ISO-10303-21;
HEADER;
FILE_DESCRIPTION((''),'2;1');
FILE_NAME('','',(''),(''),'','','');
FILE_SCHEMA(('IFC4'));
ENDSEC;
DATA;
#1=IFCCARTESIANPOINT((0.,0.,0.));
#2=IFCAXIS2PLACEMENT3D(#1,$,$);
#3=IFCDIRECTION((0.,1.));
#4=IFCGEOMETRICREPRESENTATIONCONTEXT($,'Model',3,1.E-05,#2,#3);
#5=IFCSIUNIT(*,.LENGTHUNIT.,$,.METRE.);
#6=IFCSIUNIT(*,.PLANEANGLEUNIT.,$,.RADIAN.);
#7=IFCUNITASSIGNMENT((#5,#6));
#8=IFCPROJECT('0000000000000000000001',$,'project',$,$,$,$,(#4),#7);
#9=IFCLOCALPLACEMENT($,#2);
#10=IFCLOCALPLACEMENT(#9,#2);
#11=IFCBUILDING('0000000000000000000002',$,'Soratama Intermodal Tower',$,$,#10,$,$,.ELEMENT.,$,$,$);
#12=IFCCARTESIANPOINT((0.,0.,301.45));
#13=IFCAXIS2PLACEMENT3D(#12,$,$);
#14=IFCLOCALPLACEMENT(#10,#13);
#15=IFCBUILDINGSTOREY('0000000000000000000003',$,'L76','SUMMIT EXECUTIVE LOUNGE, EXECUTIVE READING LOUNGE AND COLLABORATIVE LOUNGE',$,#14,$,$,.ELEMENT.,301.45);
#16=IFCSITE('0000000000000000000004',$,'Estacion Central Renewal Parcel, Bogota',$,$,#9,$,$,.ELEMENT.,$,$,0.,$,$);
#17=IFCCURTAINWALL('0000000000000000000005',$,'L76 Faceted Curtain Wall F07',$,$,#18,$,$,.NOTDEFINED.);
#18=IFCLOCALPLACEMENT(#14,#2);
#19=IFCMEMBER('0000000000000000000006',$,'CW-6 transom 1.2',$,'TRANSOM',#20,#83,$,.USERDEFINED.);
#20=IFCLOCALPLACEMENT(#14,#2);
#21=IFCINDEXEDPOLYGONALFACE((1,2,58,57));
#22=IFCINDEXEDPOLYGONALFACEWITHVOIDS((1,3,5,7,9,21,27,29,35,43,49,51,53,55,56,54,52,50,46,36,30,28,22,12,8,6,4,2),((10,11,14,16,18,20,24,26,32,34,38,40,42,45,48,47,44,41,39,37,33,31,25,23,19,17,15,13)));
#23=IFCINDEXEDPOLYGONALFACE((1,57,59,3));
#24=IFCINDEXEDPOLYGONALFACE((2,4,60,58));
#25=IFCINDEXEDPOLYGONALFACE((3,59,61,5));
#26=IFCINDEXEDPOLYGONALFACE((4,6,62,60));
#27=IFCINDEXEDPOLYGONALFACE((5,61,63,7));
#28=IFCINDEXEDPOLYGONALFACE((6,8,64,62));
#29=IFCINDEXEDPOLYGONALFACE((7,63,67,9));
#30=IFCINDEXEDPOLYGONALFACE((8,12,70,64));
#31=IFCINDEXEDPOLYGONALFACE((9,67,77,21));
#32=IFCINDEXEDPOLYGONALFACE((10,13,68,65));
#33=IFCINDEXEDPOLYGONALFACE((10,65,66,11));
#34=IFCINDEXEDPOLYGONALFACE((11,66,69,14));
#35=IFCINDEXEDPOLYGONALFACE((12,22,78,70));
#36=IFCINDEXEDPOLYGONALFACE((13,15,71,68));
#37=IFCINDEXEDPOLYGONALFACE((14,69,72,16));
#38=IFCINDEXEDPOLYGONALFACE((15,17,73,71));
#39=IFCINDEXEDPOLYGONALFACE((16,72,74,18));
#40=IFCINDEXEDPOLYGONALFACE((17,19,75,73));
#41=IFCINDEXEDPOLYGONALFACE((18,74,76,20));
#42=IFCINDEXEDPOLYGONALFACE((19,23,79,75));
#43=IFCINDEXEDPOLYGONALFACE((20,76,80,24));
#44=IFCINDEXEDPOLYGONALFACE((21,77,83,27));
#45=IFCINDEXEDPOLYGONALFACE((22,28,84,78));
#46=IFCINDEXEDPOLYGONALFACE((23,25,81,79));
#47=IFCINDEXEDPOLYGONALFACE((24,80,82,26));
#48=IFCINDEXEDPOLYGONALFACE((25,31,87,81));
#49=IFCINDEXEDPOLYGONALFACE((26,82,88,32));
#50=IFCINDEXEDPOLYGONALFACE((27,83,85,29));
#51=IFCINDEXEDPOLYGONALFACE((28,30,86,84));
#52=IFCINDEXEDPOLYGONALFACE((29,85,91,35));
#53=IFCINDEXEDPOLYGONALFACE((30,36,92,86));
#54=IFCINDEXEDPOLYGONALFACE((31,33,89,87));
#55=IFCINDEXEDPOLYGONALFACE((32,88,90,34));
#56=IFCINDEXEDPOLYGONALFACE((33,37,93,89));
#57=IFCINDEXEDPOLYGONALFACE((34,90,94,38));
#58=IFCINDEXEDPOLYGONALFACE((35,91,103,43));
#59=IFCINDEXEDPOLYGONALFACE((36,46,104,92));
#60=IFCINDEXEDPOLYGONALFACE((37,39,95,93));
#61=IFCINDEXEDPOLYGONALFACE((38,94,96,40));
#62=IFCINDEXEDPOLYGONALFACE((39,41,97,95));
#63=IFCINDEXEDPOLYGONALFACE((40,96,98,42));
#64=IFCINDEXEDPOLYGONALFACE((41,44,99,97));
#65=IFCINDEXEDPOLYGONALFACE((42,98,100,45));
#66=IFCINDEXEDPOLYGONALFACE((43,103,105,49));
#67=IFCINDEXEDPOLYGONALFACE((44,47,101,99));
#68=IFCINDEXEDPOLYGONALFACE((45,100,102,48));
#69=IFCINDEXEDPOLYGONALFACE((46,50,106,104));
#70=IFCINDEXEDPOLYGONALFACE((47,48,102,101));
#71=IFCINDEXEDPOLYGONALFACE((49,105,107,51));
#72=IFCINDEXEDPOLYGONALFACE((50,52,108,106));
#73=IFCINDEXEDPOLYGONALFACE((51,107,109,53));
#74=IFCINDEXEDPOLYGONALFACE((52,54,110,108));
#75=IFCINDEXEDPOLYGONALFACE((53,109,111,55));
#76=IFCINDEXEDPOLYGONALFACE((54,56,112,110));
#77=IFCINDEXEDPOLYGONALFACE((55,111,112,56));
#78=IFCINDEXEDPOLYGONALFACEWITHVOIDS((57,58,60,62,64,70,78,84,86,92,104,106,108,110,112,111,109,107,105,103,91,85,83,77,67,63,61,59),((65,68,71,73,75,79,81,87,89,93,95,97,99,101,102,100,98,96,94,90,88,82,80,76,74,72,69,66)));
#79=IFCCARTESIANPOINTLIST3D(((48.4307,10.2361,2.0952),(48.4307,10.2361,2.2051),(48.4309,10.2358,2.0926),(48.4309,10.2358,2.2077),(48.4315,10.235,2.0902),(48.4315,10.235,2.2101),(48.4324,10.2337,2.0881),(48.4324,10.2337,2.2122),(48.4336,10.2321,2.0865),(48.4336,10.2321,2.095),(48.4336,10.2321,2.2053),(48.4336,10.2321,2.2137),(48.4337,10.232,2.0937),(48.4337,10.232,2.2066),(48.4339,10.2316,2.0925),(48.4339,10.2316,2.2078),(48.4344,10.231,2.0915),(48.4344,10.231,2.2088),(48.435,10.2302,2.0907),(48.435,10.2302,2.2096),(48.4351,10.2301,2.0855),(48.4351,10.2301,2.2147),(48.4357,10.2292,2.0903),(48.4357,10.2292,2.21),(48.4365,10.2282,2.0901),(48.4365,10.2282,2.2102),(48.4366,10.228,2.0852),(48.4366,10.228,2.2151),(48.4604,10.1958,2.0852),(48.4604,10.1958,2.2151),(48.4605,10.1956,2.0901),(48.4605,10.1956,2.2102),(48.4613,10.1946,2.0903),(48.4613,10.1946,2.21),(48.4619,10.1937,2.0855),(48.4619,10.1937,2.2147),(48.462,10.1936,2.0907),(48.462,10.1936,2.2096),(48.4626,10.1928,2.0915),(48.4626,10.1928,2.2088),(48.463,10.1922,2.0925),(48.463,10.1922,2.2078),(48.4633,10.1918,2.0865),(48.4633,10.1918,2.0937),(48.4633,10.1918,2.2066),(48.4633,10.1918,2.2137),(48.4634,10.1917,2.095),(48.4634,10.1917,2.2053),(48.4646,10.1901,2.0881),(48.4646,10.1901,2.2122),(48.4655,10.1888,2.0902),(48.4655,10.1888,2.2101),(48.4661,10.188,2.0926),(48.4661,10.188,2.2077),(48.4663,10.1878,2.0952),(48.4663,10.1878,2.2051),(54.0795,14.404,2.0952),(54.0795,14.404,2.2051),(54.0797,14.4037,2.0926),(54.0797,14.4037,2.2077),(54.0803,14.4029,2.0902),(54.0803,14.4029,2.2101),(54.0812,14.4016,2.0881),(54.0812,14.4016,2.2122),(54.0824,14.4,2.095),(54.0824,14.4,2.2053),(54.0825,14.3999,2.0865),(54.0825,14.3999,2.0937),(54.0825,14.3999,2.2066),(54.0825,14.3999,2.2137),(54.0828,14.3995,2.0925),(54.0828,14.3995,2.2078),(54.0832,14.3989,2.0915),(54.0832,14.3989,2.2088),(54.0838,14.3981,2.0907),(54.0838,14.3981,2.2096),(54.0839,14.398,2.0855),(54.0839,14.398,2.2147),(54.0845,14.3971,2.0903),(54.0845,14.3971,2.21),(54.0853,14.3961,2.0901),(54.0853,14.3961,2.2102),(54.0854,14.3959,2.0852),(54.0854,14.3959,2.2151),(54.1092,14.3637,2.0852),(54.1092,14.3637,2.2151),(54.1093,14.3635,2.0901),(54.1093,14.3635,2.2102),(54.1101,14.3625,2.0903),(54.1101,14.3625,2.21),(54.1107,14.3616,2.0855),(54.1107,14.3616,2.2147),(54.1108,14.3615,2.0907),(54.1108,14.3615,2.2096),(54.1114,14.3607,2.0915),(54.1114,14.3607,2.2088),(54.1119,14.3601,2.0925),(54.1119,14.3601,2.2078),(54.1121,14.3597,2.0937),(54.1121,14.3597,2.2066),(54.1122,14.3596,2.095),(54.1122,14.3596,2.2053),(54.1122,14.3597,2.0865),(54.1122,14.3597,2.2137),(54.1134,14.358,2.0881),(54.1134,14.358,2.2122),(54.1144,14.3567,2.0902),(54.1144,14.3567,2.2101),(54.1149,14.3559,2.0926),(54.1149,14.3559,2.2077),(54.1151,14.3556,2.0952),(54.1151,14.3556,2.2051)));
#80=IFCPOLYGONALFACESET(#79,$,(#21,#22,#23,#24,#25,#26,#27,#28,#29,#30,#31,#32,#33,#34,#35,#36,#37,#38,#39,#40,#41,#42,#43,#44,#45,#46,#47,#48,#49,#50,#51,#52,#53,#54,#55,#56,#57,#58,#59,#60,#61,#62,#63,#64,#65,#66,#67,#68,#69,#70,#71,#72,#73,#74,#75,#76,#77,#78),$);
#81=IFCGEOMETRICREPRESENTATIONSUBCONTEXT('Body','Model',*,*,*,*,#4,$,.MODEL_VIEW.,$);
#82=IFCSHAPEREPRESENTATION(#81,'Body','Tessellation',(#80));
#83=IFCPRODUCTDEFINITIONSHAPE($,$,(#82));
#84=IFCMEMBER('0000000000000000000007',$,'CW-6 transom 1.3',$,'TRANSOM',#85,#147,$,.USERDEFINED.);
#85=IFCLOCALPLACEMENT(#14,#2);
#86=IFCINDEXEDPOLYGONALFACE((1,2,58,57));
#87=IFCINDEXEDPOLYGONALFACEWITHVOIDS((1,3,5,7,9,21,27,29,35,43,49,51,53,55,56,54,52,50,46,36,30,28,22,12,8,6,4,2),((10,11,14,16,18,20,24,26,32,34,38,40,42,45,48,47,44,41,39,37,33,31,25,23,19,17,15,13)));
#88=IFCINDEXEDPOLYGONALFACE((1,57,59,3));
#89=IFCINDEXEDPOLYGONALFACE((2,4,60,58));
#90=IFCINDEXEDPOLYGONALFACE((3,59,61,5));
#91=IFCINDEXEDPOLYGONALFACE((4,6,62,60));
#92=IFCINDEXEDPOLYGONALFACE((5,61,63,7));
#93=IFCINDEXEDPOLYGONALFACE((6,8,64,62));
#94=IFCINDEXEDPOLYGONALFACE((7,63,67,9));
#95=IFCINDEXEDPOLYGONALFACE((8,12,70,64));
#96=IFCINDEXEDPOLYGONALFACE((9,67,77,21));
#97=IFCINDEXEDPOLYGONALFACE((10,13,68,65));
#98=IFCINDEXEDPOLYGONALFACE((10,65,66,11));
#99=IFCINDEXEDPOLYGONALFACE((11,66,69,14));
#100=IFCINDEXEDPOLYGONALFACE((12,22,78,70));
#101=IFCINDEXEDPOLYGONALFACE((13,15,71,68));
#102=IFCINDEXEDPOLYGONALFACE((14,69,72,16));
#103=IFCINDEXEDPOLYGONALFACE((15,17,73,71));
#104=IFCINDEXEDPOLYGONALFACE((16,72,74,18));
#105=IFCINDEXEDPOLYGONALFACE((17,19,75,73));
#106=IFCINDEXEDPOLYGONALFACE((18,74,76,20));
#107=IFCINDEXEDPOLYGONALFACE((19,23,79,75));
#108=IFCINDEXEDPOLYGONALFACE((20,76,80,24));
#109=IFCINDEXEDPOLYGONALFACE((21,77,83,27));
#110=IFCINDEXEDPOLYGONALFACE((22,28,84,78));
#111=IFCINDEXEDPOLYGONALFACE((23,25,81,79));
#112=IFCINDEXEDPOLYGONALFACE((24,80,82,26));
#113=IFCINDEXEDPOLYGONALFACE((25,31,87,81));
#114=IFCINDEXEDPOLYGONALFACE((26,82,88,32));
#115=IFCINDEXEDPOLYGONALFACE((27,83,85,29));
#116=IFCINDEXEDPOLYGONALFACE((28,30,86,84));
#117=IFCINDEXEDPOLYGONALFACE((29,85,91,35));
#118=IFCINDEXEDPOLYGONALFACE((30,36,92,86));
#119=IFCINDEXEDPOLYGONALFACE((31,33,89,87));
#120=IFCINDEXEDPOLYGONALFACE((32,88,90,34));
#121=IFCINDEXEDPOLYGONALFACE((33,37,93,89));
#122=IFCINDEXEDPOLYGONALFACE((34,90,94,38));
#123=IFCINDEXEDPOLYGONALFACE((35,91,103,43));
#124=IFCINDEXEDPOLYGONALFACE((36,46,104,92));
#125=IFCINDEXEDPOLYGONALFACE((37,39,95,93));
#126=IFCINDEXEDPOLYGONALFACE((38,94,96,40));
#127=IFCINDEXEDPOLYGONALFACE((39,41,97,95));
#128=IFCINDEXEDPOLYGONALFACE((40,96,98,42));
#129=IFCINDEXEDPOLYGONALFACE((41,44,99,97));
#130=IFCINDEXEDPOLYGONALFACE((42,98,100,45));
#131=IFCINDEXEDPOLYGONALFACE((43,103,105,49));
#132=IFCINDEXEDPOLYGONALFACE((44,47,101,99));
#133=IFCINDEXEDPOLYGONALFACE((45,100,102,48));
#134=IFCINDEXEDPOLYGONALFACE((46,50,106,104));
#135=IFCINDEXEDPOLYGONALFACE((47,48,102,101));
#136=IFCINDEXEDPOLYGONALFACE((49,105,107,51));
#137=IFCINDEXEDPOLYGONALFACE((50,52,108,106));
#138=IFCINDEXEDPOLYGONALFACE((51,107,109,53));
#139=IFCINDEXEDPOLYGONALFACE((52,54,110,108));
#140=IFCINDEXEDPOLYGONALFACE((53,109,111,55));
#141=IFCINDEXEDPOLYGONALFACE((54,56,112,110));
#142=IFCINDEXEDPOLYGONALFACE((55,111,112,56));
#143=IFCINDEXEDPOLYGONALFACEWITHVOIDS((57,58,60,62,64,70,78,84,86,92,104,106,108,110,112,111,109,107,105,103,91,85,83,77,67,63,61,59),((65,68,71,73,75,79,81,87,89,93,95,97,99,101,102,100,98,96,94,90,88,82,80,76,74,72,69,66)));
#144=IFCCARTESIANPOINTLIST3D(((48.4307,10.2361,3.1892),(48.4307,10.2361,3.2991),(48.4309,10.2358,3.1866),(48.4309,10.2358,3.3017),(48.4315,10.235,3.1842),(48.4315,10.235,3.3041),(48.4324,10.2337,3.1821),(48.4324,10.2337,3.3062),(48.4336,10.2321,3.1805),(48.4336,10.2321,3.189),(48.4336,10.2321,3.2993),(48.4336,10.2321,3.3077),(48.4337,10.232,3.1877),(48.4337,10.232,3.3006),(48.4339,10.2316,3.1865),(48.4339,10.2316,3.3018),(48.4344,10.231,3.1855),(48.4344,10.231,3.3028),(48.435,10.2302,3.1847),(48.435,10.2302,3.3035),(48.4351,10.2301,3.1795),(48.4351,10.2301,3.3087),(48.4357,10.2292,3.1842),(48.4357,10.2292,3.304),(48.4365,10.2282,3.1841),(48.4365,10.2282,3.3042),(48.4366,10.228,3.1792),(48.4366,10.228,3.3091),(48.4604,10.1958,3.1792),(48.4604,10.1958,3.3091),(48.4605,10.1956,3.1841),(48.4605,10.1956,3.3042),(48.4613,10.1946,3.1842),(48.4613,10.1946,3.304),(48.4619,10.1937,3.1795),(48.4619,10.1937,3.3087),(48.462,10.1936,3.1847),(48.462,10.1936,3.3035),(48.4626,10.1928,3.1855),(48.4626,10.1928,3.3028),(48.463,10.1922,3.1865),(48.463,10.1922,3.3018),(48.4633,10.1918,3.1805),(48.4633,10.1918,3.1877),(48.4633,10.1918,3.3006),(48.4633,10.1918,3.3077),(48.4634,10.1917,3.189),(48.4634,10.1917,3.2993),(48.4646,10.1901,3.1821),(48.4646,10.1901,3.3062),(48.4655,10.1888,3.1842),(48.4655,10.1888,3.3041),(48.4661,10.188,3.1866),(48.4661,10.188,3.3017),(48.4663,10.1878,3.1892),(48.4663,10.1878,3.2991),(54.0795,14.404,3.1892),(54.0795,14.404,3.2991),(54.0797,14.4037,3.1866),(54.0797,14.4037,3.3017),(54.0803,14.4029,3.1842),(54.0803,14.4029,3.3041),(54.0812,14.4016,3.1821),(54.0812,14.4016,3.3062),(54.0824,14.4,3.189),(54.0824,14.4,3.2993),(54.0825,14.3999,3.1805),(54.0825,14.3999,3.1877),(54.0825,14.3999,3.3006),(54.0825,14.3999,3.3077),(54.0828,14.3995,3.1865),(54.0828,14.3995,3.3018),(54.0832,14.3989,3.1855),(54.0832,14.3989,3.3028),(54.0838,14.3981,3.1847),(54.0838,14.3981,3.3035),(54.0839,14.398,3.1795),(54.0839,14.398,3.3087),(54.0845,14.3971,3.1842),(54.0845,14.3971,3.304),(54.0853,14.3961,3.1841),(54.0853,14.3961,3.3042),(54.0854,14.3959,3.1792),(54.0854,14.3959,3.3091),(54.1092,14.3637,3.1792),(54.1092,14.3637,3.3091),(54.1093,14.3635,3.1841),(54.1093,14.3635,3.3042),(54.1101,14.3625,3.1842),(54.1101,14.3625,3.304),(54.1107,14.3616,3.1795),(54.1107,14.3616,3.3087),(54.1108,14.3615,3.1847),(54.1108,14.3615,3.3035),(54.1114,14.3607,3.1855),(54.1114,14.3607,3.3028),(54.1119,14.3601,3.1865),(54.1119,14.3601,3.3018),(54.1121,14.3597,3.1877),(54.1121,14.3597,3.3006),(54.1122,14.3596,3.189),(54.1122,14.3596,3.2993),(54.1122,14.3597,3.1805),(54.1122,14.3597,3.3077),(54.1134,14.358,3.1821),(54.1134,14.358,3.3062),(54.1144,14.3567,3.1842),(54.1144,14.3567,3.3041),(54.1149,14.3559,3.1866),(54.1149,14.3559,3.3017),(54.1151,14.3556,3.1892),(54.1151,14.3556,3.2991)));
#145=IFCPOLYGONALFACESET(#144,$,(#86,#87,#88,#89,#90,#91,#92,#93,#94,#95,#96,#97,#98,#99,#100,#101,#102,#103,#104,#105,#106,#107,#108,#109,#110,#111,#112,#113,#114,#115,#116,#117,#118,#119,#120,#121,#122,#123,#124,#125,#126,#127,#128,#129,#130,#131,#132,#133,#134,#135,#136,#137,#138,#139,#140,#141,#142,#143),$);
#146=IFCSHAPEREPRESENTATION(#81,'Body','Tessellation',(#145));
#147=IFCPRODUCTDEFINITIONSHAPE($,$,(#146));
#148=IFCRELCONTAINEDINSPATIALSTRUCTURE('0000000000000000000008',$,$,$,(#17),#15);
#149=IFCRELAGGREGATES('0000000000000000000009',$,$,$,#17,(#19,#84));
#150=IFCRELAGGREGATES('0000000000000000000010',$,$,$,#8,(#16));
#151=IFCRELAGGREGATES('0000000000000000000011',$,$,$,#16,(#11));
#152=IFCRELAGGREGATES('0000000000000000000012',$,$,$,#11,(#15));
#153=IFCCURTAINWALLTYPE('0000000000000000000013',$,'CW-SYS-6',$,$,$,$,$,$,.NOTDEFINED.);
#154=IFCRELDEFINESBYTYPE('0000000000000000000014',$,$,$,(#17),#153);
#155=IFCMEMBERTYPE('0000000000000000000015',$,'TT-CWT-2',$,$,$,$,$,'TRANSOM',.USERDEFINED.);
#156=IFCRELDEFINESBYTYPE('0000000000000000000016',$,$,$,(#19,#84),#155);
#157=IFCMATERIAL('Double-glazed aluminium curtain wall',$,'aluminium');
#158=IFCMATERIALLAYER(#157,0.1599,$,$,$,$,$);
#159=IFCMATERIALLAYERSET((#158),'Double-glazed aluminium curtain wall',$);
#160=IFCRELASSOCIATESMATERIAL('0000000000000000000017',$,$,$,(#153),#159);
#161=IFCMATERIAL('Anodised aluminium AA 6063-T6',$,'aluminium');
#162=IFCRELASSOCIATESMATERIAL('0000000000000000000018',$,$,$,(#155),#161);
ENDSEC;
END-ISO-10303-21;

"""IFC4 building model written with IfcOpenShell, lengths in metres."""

from ifc_helpers import new_model, si_unit, direction, frame, origin, origin_2d, place, context, subcontext, project, spatial, hollow_rectangle, extrude, material, layer, layer_set, material_profile, profile_set, type_object, element, aggregate, save


model = new_model("IFC4")

# Units and contexts
model_context = context("Model", 3, precision=1e-05, world=origin(), true_north=direction((0.0, 1.0)))
body_context = subcontext(model_context, "Body", "Model", "MODEL_VIEW")
ifc_project = project(units=[si_unit("LENGTHUNIT", "METRE"), si_unit("PLANEANGLEUNIT", "RADIAN")], contexts=[model_context])

# Site, building, storey
site_placement = place(None, origin())
site = spatial("IfcSite", under=ifc_project, at=site_placement, Name="Estacion Central Renewal Parcel, Bogota", CompositionType="ELEMENT", RefElevation=0.0)
building_placement = place(site_placement, origin())
building = spatial("IfcBuilding", under=site, at=building_placement, Name="Soratama Intermodal Tower", CompositionType="ELEMENT")
storey_placement = place(building_placement, frame((0.0, 0.0, 301.45)))
storey = spatial("IfcBuildingStorey", under=building, at=storey_placement, Name="L76", Description="SUMMIT EXECUTIVE LOUNGE, EXECUTIVE READING LOUNGE AND COLLABORATIVE LOUNGE", CompositionType="ELEMENT", Elevation=301.45)

# Curtain wall
ifc_material_1 = material(Name="Double-glazed aluminium curtain wall", Category="aluminium")
ifc_layer_1 = layer(ifc_material_1, 0.1599)
ifc_layer_set_1 = layer_set([ifc_layer_1], Name="Double-glazed aluminium curtain wall")
curtain_wall_type = type_object("IfcCurtainWallType", Name="CW-SYS-6", PredefinedType="NOTDEFINED", material=ifc_layer_set_1)
curtain_wall_1_placement = place(storey_placement, origin())
curtain_wall_1 = element("IfcCurtainWall", 1, at=curtain_wall_1_placement, inside=storey, type_object=curtain_wall_type, Name="L76 Faceted Curtain Wall F07", PredefinedType="NOTDEFINED")

# Members
ifc_material_2 = material(Name="Anodised aluminium AA 6063-T6", Category="aluminium")
ifc_material_profile_1 = material_profile(ifc_material_2, hollow_rectangle(XDim=0.0601, YDim=0.1299, WallThickness=0.0049, InnerFilletRadius=0.0049, OuterFilletRadius=0.01, at=origin_2d()), Name="CWT130X60X5")
ifc_profile_set_1 = profile_set([ifc_material_profile_1], Name="Anodised aluminium AA 6063-T6")
member_type_1 = type_object("IfcMemberType", Name="TT-CWT-2", ElementType="TRANSOM", PredefinedType="USERDEFINED", material=ifc_profile_set_1)
member_1_placement = place(storey_placement, frame((48.4485, 10.2119, 2.1501), z_axis=(0.804675, 0.593716, 0.0), x_axis=(-0.593716, 0.804675, 0.0)))
member_1 = element("IfcMember", 2, at=member_1_placement, type_object=member_type_1, Name="CW-6 transom 1.2", ObjectType="TRANSOM", PredefinedType="USERDEFINED", context=body_context, shape_type="SweptSolid", body=[
    extrude(hollow_rectangle(XDim=0.0601, YDim=0.1299, WallThickness=0.0049, InnerFilletRadius=0.0049, OuterFilletRadius=0.01, at=origin_2d()), origin(), (0.0, 0.0, 1.0), 7.02),
])
member_2_placement = place(storey_placement, frame((48.4485, 10.2119, 3.2441), z_axis=(0.804675, 0.593716, 0.0), x_axis=(-0.593716, 0.804675, 0.0)))
member_2 = element("IfcMember", 3, at=member_2_placement, type_object=member_type_1, Name="CW-6 transom 1.3", ObjectType="TRANSOM", PredefinedType="USERDEFINED", context=body_context, shape_type="SweptSolid", body=[
    extrude(hollow_rectangle(XDim=0.0601, YDim=0.1299, WallThickness=0.0049, InnerFilletRadius=0.0049, OuterFilletRadius=0.01, at=origin_2d()), origin(), (0.0, 0.0, 1.0), 7.02),
])

aggregate(curtain_wall_1, [member_1, member_2])

save(model, "model.ifc")
